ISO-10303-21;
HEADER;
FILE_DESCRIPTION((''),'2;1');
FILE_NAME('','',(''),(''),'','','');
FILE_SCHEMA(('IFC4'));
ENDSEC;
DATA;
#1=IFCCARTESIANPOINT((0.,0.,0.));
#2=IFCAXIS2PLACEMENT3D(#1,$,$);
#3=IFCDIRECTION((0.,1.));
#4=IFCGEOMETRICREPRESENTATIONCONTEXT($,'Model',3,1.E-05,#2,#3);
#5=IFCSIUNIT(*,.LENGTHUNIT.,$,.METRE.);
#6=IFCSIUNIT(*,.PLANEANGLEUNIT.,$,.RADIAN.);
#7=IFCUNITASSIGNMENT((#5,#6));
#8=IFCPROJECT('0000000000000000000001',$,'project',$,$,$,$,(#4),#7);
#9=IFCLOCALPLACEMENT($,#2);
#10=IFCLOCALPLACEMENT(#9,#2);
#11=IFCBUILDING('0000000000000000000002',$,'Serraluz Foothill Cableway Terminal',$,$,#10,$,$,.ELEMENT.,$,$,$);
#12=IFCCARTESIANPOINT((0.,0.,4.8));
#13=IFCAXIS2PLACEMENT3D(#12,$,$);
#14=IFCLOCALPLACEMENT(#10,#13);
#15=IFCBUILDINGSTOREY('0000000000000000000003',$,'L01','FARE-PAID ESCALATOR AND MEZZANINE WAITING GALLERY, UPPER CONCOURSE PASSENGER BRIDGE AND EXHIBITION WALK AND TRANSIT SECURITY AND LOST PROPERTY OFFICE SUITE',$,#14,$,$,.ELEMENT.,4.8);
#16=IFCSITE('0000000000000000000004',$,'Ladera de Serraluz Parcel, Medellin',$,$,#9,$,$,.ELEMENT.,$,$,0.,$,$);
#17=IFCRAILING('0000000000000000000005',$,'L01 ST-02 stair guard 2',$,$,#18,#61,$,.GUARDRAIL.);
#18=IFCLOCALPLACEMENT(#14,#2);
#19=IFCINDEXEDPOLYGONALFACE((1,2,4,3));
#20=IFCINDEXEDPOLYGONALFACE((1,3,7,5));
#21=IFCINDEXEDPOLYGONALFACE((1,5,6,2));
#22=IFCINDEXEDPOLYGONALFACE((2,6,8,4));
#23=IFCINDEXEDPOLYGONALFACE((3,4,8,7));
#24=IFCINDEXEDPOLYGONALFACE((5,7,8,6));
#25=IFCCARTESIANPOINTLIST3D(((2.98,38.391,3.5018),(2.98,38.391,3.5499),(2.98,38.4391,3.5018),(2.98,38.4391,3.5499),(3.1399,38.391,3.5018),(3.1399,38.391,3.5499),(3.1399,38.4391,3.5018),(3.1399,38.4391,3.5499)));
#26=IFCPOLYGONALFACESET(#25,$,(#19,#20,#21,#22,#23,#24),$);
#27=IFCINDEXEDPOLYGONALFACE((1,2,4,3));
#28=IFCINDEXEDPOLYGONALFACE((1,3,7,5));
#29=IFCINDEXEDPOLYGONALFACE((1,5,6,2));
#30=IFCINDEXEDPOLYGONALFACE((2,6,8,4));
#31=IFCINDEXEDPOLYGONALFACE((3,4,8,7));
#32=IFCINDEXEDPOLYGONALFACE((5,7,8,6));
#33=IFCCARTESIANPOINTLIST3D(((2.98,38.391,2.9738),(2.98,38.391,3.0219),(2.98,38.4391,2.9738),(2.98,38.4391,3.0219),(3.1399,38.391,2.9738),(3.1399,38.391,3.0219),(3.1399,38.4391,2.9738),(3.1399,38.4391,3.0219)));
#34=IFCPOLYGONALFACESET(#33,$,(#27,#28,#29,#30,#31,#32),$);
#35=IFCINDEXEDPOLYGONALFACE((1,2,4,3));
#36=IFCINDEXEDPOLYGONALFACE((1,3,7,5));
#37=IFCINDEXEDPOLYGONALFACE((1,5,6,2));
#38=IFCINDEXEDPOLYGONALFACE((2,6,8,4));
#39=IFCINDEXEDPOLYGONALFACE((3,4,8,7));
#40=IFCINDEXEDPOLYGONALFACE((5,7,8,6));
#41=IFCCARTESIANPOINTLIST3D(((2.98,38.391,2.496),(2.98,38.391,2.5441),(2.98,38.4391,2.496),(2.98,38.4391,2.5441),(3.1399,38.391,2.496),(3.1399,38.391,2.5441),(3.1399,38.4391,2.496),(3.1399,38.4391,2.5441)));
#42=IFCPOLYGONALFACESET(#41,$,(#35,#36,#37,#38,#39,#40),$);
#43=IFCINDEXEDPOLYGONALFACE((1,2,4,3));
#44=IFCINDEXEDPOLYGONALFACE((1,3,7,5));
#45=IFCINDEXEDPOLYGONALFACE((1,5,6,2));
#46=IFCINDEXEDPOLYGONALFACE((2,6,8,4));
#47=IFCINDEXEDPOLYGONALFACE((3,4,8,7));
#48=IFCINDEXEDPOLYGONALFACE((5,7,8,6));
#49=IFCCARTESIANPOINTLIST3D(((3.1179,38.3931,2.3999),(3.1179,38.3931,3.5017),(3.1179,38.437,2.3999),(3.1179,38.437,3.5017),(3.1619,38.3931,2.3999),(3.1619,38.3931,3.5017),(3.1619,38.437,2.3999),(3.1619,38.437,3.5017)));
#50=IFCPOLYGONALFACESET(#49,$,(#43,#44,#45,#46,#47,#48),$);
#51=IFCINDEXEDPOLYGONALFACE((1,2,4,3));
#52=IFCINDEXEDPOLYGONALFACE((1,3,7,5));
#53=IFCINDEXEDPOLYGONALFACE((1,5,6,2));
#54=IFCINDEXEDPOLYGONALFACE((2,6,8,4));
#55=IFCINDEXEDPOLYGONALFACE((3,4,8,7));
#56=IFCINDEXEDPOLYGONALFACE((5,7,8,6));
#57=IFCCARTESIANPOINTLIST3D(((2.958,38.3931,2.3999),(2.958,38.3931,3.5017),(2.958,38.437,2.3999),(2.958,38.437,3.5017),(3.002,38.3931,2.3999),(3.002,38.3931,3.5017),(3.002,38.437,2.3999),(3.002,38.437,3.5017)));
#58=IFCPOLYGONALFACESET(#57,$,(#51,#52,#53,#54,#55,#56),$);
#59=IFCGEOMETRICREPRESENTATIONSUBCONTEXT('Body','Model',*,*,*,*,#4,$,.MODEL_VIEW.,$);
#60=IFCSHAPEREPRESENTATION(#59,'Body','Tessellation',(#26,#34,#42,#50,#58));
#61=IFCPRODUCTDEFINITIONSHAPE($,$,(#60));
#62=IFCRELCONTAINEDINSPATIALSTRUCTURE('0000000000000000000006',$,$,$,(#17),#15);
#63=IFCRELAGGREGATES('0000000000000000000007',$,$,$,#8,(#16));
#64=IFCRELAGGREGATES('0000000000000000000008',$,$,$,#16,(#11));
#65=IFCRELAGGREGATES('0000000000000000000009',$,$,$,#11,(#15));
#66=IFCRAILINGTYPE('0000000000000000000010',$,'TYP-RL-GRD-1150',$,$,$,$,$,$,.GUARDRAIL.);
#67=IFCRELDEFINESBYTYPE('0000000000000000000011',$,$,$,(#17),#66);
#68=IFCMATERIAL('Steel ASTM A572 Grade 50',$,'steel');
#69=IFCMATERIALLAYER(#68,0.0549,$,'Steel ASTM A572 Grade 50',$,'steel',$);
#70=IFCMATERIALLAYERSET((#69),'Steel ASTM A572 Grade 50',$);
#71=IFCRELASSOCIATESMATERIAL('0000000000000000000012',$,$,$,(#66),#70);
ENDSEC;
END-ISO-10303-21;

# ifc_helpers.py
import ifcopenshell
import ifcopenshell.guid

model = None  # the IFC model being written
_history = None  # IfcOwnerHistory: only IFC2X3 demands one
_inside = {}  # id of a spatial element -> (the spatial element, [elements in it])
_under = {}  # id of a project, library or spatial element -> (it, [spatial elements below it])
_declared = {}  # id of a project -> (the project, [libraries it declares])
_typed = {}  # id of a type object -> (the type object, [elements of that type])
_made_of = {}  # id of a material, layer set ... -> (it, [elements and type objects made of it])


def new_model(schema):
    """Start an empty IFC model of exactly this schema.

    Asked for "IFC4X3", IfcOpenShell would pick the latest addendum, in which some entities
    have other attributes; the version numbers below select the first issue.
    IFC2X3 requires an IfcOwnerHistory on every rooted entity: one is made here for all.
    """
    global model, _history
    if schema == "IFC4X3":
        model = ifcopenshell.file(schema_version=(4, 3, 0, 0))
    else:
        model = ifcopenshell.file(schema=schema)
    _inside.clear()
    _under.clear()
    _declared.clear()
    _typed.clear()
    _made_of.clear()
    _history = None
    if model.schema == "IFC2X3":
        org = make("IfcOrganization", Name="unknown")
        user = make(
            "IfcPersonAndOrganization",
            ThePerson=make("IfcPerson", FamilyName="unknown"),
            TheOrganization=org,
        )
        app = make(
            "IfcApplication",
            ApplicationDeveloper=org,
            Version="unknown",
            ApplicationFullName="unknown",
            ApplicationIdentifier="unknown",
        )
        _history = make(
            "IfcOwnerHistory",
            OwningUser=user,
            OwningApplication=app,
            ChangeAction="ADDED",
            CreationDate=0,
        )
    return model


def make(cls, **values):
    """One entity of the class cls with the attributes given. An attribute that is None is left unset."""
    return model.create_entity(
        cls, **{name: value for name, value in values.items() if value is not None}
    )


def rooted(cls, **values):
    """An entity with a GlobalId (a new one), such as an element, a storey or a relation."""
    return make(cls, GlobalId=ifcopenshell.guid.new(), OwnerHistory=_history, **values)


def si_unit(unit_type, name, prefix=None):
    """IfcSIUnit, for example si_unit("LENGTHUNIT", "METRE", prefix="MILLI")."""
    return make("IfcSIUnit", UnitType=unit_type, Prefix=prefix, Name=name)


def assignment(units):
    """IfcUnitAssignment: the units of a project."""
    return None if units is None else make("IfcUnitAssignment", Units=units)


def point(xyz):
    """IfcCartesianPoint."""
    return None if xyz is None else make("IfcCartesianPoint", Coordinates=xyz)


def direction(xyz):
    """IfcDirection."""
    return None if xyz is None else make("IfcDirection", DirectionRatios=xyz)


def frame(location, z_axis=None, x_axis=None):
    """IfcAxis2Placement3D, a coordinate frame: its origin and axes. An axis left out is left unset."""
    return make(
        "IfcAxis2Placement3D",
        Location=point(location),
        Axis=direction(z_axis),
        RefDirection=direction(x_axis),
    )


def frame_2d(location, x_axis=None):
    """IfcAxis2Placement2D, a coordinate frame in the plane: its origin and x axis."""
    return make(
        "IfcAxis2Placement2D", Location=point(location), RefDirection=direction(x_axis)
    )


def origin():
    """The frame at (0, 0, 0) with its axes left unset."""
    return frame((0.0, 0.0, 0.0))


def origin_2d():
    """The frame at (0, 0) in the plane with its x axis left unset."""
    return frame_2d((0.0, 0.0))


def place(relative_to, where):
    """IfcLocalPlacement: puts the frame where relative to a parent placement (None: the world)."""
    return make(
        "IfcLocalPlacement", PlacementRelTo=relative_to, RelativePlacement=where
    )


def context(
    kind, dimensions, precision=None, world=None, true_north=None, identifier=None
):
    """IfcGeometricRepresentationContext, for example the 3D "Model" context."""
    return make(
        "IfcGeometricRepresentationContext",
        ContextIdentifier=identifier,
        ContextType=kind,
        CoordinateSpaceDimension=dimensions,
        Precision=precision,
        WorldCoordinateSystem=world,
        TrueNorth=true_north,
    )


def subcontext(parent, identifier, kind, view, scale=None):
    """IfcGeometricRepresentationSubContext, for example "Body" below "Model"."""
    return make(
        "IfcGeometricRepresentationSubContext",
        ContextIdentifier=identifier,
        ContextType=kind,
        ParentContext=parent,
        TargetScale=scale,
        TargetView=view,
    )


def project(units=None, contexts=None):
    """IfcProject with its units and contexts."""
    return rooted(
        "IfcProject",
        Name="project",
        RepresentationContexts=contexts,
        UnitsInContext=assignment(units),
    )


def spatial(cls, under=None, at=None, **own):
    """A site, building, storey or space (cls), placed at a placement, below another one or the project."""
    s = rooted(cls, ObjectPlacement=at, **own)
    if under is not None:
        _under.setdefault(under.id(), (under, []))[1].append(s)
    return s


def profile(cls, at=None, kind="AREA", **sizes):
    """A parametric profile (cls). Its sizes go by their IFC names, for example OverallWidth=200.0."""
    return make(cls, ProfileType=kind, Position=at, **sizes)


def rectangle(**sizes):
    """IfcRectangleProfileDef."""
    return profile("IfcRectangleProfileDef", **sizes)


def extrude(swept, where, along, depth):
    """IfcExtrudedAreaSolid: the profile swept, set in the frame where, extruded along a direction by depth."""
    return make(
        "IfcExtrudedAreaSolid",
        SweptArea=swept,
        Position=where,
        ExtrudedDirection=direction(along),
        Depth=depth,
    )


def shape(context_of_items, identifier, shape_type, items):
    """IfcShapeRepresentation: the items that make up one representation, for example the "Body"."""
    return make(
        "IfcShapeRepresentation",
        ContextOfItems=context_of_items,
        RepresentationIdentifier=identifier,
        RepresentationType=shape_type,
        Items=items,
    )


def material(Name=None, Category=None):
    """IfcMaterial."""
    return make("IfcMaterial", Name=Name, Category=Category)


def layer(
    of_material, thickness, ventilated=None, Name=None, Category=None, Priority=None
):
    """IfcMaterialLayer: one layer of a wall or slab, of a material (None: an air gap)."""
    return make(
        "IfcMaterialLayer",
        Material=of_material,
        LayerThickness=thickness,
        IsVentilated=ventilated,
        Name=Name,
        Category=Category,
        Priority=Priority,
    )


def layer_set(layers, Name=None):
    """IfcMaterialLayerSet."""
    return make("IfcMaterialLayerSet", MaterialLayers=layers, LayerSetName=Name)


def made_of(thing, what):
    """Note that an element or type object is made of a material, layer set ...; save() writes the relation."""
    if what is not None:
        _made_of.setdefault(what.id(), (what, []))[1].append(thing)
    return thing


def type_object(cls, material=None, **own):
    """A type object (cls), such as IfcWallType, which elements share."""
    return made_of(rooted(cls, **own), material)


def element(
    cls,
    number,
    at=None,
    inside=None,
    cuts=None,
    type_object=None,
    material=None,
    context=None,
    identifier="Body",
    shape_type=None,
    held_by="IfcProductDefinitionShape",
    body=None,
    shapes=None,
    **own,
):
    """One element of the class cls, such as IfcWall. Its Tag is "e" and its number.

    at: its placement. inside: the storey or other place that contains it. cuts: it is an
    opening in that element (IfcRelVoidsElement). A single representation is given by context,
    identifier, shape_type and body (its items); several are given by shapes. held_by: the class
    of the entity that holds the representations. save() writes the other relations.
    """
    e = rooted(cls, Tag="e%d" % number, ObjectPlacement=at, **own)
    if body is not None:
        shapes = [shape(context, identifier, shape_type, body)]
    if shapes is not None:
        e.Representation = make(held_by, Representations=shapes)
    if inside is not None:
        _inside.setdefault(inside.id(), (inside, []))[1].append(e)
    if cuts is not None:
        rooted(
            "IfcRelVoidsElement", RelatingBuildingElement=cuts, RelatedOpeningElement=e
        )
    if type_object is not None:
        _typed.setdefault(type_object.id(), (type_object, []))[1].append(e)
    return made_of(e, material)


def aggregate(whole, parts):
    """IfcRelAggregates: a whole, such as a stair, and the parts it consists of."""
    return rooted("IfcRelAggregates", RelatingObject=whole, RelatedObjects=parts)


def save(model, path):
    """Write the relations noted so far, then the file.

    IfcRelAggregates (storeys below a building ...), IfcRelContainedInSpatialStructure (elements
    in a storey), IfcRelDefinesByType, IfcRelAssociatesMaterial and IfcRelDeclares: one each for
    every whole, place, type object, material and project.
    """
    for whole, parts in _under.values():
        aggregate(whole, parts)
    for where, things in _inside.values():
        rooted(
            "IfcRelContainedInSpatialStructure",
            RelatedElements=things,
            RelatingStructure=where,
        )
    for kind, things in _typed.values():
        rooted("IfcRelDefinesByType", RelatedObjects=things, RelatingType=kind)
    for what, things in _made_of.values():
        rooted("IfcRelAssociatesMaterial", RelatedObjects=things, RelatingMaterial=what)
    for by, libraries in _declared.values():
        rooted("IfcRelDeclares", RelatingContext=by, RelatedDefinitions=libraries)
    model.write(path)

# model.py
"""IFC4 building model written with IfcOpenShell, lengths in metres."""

from ifc_helpers import new_model, si_unit, direction, frame, origin, origin_2d, place, context, subcontext, project, spatial, rectangle, extrude, material, layer, layer_set, type_object, element, save


model = new_model("IFC4")

# Units and contexts
model_context = context("Model", 3, precision=1e-05, world=origin(), true_north=direction((0.0, 1.0)))
body_context = subcontext(model_context, "Body", "Model", "MODEL_VIEW")
ifc_project = project(units=[si_unit("LENGTHUNIT", "METRE"), si_unit("PLANEANGLEUNIT", "RADIAN")], contexts=[model_context])

# Site, building, storey
site_placement = place(None, origin())
site = spatial("IfcSite", under=ifc_project, at=site_placement, Name="Ladera de Serraluz Parcel, Medellin", CompositionType="ELEMENT", RefElevation=0.0)
building_placement = place(site_placement, origin())
building = spatial("IfcBuilding", under=site, at=building_placement, Name="Serraluz Foothill Cableway Terminal", CompositionType="ELEMENT")
storey_placement = place(building_placement, frame((0.0, 0.0, 4.8)))
storey = spatial("IfcBuildingStorey", under=building, at=storey_placement, Name="L01", Description="FARE-PAID ESCALATOR AND MEZZANINE WAITING GALLERY, UPPER CONCOURSE PASSENGER BRIDGE AND EXHIBITION WALK AND TRANSIT SECURITY AND LOST PROPERTY OFFICE SUITE", CompositionType="ELEMENT", Elevation=4.8)

# Railing
ifc_material_1 = material(Name="Steel ASTM A572 Grade 50", Category="steel")
ifc_layer_1 = layer(ifc_material_1, 0.0549, Name="Steel ASTM A572 Grade 50", Category="steel")
ifc_layer_set_1 = layer_set([ifc_layer_1], Name="Steel ASTM A572 Grade 50")
railing_type_1 = type_object("IfcRailingType", Name="TYP-RL-GRD-1150", PredefinedType="GUARDRAIL", material=ifc_layer_set_1)
railing_1_placement = place(storey_placement, frame((3.1399, 38.415, 2.3999)))
element("IfcRailing", 1, at=railing_1_placement, inside=storey, type_object=railing_type_1, Name="L01 ST-02 stair guard 2", PredefinedType="GUARDRAIL", context=body_context, shape_type="SweptSolid", body=[
    extrude(rectangle(XDim=0.0481, YDim=0.0481, at=origin_2d()), frame((0.0, 0.0, 1.126), z_axis=(-1.0, 0.0, 0.0), x_axis=(0.0, -1.0, 0.0)), (0.0, 0.0, 1.0), 0.1599),
    extrude(rectangle(XDim=0.0481, YDim=0.0481, at=origin_2d()), frame((0.0, 0.0, 0.5979), z_axis=(-1.0, 0.0, 0.0), x_axis=(0.0, -1.0, 0.0)), (0.0, 0.0, 1.0), 0.1599),
    extrude(rectangle(XDim=0.0481, YDim=0.0481, at=origin_2d()), frame((0.0, 0.0, 0.1201), z_axis=(-1.0, 0.0, 0.0), x_axis=(0.0, -1.0, 0.0)), (0.0, 0.0, 1.0), 0.1599),
    extrude(rectangle(XDim=0.0439, YDim=0.0439, at=origin_2d()), origin(), (0.0, 0.0, 1.0), 1.1018),
    extrude(rectangle(XDim=0.0439, YDim=0.0439, at=origin_2d()), frame((-0.1599, 0.0, 0.0)), (0.0, 0.0, 1.0), 1.1018),
])

save(model, "model.ifc")
